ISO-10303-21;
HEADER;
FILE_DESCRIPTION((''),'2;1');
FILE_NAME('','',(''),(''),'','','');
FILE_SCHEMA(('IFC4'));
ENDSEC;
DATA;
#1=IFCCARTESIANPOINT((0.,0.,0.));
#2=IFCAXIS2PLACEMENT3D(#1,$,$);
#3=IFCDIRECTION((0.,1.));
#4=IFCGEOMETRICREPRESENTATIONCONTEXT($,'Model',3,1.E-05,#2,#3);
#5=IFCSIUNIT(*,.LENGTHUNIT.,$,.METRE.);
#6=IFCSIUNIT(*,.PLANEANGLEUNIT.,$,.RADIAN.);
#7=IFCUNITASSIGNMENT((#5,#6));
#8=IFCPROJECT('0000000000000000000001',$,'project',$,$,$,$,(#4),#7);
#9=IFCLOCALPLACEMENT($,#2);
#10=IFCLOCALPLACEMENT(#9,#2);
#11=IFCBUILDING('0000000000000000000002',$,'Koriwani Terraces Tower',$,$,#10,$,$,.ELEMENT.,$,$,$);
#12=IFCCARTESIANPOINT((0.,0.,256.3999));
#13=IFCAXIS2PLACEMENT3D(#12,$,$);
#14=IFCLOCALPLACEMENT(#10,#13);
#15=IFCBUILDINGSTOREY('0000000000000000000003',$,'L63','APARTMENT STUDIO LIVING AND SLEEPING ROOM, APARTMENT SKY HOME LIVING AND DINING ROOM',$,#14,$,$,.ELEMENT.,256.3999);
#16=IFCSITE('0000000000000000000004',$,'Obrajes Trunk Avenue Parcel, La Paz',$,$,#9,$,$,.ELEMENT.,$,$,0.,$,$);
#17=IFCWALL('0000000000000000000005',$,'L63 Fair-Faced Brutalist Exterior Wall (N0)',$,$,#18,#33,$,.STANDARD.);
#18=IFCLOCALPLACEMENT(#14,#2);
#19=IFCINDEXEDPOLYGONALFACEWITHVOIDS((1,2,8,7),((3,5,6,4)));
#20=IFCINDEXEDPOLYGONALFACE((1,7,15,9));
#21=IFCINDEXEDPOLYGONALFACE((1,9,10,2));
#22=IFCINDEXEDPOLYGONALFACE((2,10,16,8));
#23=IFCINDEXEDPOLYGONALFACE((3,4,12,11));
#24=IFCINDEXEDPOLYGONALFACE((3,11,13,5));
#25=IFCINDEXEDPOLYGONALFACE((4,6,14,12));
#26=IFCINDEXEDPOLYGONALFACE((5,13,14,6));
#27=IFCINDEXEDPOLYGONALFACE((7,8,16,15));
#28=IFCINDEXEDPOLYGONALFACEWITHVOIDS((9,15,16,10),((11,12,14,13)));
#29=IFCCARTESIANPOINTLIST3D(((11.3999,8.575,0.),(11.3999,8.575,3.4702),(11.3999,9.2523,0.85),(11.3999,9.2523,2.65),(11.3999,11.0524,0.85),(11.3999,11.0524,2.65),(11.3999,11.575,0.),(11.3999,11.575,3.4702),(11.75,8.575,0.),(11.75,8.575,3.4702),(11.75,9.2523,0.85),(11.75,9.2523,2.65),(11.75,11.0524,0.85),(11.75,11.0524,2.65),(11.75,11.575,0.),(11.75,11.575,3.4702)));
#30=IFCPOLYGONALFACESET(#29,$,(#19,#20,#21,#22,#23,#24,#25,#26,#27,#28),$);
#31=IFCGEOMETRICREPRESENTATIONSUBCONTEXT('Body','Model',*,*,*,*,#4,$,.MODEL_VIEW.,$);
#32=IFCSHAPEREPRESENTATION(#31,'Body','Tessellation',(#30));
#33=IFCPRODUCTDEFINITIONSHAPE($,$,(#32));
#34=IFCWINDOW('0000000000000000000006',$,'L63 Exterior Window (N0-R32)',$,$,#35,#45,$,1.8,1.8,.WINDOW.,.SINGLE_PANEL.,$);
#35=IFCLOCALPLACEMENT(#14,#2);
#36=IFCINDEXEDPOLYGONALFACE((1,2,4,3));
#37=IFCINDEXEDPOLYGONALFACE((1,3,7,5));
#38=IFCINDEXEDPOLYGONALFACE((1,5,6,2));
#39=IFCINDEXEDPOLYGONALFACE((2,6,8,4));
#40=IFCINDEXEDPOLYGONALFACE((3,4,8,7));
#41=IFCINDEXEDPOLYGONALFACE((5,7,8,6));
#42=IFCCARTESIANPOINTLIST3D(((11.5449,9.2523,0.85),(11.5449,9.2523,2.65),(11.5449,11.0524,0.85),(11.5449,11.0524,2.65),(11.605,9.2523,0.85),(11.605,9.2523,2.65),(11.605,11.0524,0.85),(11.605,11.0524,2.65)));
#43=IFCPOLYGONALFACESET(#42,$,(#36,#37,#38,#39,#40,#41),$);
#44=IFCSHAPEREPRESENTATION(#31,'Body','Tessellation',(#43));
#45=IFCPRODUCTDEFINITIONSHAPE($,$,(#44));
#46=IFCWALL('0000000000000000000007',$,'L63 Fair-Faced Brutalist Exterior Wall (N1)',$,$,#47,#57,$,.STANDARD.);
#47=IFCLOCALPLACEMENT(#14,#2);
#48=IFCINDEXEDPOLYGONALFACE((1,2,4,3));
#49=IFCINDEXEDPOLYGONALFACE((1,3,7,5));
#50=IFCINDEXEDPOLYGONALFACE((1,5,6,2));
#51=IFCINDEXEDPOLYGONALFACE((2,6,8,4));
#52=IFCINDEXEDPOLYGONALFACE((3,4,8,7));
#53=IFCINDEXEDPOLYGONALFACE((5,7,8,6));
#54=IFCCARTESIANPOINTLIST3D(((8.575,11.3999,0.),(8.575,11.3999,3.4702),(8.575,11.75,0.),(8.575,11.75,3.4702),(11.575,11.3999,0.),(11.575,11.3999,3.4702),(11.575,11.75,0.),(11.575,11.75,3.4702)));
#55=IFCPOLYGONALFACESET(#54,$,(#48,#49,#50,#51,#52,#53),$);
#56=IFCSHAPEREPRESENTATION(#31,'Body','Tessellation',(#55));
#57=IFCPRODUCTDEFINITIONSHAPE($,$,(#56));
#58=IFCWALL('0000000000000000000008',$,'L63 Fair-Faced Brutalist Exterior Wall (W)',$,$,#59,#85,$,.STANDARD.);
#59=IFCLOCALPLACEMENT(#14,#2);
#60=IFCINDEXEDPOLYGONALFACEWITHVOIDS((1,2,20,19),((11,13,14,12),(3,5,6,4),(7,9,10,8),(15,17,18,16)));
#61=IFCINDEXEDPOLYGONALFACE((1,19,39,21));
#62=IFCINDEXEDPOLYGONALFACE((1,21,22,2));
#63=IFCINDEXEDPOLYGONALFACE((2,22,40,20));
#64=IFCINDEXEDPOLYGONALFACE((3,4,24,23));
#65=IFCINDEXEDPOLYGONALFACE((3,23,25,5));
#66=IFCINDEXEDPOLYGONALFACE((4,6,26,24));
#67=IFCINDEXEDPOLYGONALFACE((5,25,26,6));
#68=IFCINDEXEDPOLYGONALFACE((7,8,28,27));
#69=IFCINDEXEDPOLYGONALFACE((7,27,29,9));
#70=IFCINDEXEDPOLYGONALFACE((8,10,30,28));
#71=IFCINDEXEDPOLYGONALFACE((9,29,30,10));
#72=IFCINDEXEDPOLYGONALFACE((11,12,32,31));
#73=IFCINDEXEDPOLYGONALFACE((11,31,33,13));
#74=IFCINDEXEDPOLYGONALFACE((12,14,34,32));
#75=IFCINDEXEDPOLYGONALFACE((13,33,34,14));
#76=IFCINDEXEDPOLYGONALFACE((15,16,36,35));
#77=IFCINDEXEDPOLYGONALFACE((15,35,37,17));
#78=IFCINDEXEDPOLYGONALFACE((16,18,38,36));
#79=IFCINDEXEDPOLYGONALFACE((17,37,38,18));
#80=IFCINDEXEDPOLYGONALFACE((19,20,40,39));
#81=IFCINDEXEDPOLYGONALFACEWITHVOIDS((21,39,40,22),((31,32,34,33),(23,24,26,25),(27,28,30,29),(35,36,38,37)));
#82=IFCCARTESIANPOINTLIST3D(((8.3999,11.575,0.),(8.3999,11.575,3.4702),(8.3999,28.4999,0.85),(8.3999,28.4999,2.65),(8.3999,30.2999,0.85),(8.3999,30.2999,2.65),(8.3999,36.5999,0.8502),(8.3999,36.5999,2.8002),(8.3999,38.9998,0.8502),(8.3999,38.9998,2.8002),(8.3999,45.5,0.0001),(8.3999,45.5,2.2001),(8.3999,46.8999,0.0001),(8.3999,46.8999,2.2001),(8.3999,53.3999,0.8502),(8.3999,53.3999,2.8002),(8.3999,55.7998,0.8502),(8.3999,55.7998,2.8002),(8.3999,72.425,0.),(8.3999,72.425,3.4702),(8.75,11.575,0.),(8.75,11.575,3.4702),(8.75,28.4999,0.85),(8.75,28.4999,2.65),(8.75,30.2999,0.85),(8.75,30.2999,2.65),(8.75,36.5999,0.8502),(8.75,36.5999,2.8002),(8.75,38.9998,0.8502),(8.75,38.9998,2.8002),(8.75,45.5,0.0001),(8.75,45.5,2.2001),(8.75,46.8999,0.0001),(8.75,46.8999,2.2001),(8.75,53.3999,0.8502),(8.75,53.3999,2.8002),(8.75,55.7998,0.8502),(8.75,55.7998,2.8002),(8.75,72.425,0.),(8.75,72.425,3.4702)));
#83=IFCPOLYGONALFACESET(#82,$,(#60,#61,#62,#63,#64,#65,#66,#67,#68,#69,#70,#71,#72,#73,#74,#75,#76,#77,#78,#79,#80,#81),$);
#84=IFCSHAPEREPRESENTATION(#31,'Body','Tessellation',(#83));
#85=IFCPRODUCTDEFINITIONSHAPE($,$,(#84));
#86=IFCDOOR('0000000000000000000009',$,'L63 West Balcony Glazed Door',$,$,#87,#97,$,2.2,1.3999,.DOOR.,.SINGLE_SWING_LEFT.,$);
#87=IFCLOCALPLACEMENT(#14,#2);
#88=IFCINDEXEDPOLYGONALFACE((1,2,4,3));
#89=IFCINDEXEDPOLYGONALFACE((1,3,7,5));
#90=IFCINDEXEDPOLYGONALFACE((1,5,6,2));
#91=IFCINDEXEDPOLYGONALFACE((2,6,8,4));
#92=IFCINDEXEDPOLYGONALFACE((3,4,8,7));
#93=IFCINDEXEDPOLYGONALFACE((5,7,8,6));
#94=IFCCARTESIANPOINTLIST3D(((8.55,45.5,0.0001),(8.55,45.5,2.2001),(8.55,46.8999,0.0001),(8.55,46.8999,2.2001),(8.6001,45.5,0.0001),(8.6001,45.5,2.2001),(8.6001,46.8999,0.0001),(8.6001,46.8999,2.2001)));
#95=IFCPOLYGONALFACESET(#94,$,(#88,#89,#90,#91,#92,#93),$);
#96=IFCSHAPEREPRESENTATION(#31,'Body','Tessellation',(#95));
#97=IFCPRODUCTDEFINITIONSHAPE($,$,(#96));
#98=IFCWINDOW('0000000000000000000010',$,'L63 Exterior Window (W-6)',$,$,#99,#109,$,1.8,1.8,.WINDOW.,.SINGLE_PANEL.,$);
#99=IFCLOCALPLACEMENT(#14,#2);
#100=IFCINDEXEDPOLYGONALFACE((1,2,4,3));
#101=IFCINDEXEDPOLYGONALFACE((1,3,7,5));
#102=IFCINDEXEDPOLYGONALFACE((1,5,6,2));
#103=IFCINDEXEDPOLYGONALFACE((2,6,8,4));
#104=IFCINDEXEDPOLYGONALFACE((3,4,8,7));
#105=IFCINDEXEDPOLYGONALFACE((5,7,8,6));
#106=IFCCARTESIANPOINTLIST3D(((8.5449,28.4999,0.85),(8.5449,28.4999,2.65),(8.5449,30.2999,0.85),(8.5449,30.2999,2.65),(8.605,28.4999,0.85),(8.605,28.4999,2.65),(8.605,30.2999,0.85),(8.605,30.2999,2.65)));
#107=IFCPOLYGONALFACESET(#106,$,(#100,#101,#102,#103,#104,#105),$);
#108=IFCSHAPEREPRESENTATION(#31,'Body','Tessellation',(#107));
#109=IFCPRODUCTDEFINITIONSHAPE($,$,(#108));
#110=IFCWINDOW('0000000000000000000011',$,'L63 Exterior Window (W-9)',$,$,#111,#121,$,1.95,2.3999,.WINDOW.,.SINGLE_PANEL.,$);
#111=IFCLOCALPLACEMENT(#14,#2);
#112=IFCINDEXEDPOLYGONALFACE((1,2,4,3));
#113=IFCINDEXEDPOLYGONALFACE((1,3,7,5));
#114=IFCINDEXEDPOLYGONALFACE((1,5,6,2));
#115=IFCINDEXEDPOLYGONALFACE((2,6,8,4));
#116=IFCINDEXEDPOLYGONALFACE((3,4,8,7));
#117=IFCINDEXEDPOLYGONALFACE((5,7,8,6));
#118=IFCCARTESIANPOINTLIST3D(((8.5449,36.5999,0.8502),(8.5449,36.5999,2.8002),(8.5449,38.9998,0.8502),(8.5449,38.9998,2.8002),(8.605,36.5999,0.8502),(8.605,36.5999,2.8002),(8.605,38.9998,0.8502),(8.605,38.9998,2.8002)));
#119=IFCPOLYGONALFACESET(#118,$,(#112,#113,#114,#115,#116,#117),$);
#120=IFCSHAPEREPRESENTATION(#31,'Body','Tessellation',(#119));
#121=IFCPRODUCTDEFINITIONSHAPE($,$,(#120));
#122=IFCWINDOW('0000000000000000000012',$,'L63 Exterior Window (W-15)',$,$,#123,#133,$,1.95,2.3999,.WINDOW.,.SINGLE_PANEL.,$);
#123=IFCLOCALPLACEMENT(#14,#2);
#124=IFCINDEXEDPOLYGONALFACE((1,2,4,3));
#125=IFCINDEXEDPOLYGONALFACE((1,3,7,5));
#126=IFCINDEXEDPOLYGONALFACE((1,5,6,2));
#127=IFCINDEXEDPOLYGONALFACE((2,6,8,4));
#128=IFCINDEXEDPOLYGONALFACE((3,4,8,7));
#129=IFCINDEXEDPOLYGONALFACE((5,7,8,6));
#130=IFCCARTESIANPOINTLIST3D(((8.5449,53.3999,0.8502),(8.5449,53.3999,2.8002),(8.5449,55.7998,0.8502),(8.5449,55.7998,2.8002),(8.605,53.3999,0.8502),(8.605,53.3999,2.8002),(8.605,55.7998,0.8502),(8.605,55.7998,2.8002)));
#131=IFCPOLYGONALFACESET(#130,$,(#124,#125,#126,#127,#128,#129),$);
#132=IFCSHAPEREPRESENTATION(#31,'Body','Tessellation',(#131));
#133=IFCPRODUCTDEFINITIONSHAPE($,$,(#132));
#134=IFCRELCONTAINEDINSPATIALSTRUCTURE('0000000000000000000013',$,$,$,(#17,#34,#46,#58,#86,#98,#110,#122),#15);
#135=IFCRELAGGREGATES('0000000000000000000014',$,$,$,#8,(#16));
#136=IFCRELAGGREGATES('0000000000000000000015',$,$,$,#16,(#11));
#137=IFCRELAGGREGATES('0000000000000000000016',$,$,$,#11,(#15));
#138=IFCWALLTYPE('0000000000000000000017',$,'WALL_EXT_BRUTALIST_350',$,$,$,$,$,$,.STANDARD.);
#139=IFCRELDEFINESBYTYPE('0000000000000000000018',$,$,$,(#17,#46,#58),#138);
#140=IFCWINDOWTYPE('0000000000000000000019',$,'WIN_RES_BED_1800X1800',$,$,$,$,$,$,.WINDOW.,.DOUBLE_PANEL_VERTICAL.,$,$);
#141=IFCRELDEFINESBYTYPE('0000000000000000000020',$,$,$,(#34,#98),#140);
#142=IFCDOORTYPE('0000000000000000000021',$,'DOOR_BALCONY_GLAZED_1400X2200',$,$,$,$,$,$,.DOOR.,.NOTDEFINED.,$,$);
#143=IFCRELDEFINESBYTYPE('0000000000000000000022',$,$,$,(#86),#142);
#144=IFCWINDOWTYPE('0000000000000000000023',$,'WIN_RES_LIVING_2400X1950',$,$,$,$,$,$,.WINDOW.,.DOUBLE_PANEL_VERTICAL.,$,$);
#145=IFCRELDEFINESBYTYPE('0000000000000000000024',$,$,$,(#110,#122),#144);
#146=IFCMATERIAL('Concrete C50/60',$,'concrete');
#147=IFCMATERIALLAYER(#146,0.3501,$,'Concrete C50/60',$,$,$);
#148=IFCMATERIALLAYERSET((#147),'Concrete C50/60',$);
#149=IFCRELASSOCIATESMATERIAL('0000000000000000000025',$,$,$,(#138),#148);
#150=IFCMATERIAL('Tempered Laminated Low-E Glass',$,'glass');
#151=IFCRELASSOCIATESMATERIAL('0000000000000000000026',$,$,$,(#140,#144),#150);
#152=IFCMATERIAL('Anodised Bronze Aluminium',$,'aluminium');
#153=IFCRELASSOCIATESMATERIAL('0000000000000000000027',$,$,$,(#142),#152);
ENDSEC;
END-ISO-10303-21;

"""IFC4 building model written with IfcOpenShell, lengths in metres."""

from ifc_helpers import new_model, si_unit, direction, frame, frame_2d, origin, place, context, subcontext, project, spatial, rectangle, extrude, material, layer, layer_set, type_object, element, fill, save


model = new_model("IFC4")

# Units and contexts
model_context = context("Model", 3, precision=1e-05, world=origin(), true_north=direction((0.0, 1.0)))
body_context = subcontext(model_context, "Body", "Model", "MODEL_VIEW")
ifc_project = project(units=[si_unit("LENGTHUNIT", "METRE"), si_unit("PLANEANGLEUNIT", "RADIAN")], contexts=[model_context])

# Site, building, storey
site_placement = place(None, origin())
site = spatial("IfcSite", under=ifc_project, at=site_placement, Name="Obrajes Trunk Avenue Parcel, La Paz", CompositionType="ELEMENT", RefElevation=0.0)
building_placement = place(site_placement, origin())
building = spatial("IfcBuilding", under=site, at=building_placement, Name="Koriwani Terraces Tower", CompositionType="ELEMENT")
storey_placement = place(building_placement, frame((0.0, 0.0, 256.3999)))
storey = spatial("IfcBuildingStorey", under=building, at=storey_placement, Name="L63", Description="APARTMENT STUDIO LIVING AND SLEEPING ROOM, APARTMENT SKY HOME LIVING AND DINING ROOM", CompositionType="ELEMENT", Elevation=256.3999)

# Shared definitions
ifc_material_1 = material(Name="Concrete C50/60", Category="concrete")

# Wall, opening, window
ifc_layer_1 = layer(ifc_material_1, 0.3501, Name="Concrete C50/60")
ifc_layer_set_1 = layer_set([ifc_layer_1], Name="Concrete C50/60")
wall_type_1 = type_object("IfcWallType", Name="WALL_EXT_BRUTALIST_350", PredefinedType="STANDARD", material=ifc_layer_set_1)
wall_1_placement = place(storey_placement, frame((11.575, 8.575, 0.0), z_axis=(0.0, 0.0, 1.0), x_axis=(0.0, 1.0, 0.0)))
wall_1 = element("IfcWall", 1, at=wall_1_placement, inside=storey, type_object=wall_type_1, Name="L63 Fair-Faced Brutalist Exterior Wall (N0)", PredefinedType="STANDARD", context=body_context, shape_type="SweptSolid", body=[
    extrude(rectangle(XDim=3.0, YDim=0.3501, at=frame_2d((1.5, 0.0))), origin(), (0.0, 0.0, 1.0), 3.4702),
])
opening_1_placement = place(wall_1_placement, frame((0.6775, 0.0, 0.8501)))
opening_1 = element("IfcOpeningElement", 2, at=opening_1_placement, cuts=wall_1, PredefinedType="OPENING", context=body_context, shape_type="SweptSolid", body=[
    extrude(rectangle(XDim=1.8, YDim=1.8, at=frame_2d((0.8999, 0.8999))), frame((0.0, 0.1851, 0.0), z_axis=(0.0, -1.0, 0.0), x_axis=(1.0, 0.0, 0.0)), (0.0, 0.0, 1.0), 0.3701),
])
ifc_material_2 = material(Name="Tempered Laminated Low-E Glass", Category="glass")
window_type_1 = type_object("IfcWindowType", Name="WIN_RES_BED_1800X1800", PartitioningType="DOUBLE_PANEL_VERTICAL", PredefinedType="WINDOW", material=ifc_material_2)
window_1_placement = place(opening_1_placement, origin())
window_1 = element("IfcWindow", 3, at=window_1_placement, inside=storey, type_object=window_type_1, Name="L63 Exterior Window (N0-R32)", OverallHeight=1.8, OverallWidth=1.8, PartitioningType="SINGLE_PANEL", PredefinedType="WINDOW", context=body_context, shape_type="SweptSolid", body=[
    extrude(rectangle(XDim=1.8, YDim=1.8, at=frame_2d((0.8999, 0.8999))), frame((0.0, 0.03, 0.0), z_axis=(0.0, -1.0, 0.0), x_axis=(1.0, 0.0, 0.0)), (0.0, 0.0, 1.0), 0.0601),
])
fill(opening_1, window_1)

# Wall
wall_2_placement = place(storey_placement, frame((11.575, 11.575, 0.0), z_axis=(0.0, 0.0, 1.0), x_axis=(-1.0, 0.0, 0.0)))
element("IfcWall", 4, at=wall_2_placement, inside=storey, type_object=wall_type_1, Name="L63 Fair-Faced Brutalist Exterior Wall (N1)", PredefinedType="STANDARD", context=body_context, shape_type="SweptSolid", body=[
    extrude(rectangle(XDim=3.0, YDim=0.3501, at=frame_2d((1.5, 0.0))), origin(), (0.0, 0.0, 1.0), 3.4702),
])

# Wall, openings, door, windows
wall_3_placement = place(storey_placement, frame((8.575, 11.575, 0.0), z_axis=(0.0, 0.0, 1.0), x_axis=(0.0, 1.0, 0.0)))
wall_3 = element("IfcWall", 5, at=wall_3_placement, inside=storey, type_object=wall_type_1, Name="L63 Fair-Faced Brutalist Exterior Wall (W)", PredefinedType="STANDARD", context=body_context, shape_type="SweptSolid", body=[
    extrude(rectangle(XDim=60.8501, YDim=0.3501, at=frame_2d((30.425, 0.0))), origin(), (0.0, 0.0, 1.0), 3.4702),
])
opening_2_placement = place(wall_3_placement, frame((33.925, 0.0, 0.0)))
opening_2 = element("IfcOpeningElement", 6, at=opening_2_placement, cuts=wall_3, PredefinedType="OPENING", context=body_context, shape_type="SweptSolid", body=[
    extrude(rectangle(XDim=1.3999, YDim=2.2, at=frame_2d((0.7, 1.1001))), frame((0.0, 0.1851, 0.0), z_axis=(0.0, -1.0, 0.0), x_axis=(1.0, 0.0, 0.0)), (0.0, 0.0, 1.0), 0.3701),
])
opening_3_placement = place(wall_3_placement, frame((16.925, 0.0, 0.8501)))
opening_3 = element("IfcOpeningElement", 7, at=opening_3_placement, cuts=wall_3, PredefinedType="OPENING", context=body_context, shape_type="SweptSolid", body=[
    extrude(rectangle(XDim=1.8, YDim=1.8, at=frame_2d((0.8999, 0.8999))), frame((0.0, 0.1851, 0.0), z_axis=(0.0, -1.0, 0.0), x_axis=(1.0, 0.0, 0.0)), (0.0, 0.0, 1.0), 0.3701),
])
opening_4_placement = place(wall_3_placement, frame((25.0249, 0.0, 0.8501)))
opening_4 = element("IfcOpeningElement", 8, at=opening_4_placement, cuts=wall_3, PredefinedType="OPENING", context=body_context, shape_type="SweptSolid", body=[
    extrude(rectangle(XDim=2.3999, YDim=1.95, at=frame_2d((1.2, 0.9751))), frame((0.0, 0.1851, 0.0), z_axis=(0.0, -1.0, 0.0), x_axis=(1.0, 0.0, 0.0)), (0.0, 0.0, 1.0), 0.3701),
])
opening_5_placement = place(wall_3_placement, frame((41.825, 0.0, 0.8501)))
opening_5 = element("IfcOpeningElement", 9, at=opening_5_placement, cuts=wall_3, PredefinedType="OPENING", context=body_context, shape_type="SweptSolid", body=[
    extrude(rectangle(XDim=2.3999, YDim=1.95, at=frame_2d((1.2, 0.9751))), frame((0.0, 0.1851, 0.0), z_axis=(0.0, -1.0, 0.0), x_axis=(1.0, 0.0, 0.0)), (0.0, 0.0, 1.0), 0.3701),
])
ifc_material_3 = material(Name="Anodised Bronze Aluminium", Category="aluminium")
door_type_1 = type_object("IfcDoorType", Name="DOOR_BALCONY_GLAZED_1400X2200", OperationType="NOTDEFINED", PredefinedType="DOOR", material=ifc_material_3)
door_1_placement = place(opening_2_placement, origin())
door_1 = element("IfcDoor", 10, at=door_1_placement, inside=storey, type_object=door_type_1, Name="L63 West Balcony Glazed Door", OperationType="SINGLE_SWING_LEFT", OverallHeight=2.2, OverallWidth=1.3999, PredefinedType="DOOR", context=body_context, shape_type="SweptSolid", body=[
    extrude(rectangle(XDim=1.3999, YDim=2.2, at=frame_2d((0.7, 1.1001))), frame((0.0, 0.0249, 0.0), z_axis=(0.0, -1.0, 0.0), x_axis=(1.0, 0.0, 0.0)), (0.0, 0.0, 1.0), 0.05),
])
fill(opening_2, door_1)
window_2_placement = place(opening_3_placement, origin())
window_2 = element("IfcWindow", 11, at=window_2_placement, inside=storey, type_object=window_type_1, Name="L63 Exterior Window (W-6)", OverallHeight=1.8, OverallWidth=1.8, PartitioningType="SINGLE_PANEL", PredefinedType="WINDOW", context=body_context, shape_type="SweptSolid", body=[
    extrude(rectangle(XDim=1.8, YDim=1.8, at=frame_2d((0.8999, 0.8999))), frame((0.0, 0.03, 0.0), z_axis=(0.0, -1.0, 0.0), x_axis=(1.0, 0.0, 0.0)), (0.0, 0.0, 1.0), 0.0601),
])
fill(opening_3, window_2)
window_type_2 = type_object("IfcWindowType", Name="WIN_RES_LIVING_2400X1950", PartitioningType="DOUBLE_PANEL_VERTICAL", PredefinedType="WINDOW", material=ifc_material_2)
window_3_placement = place(opening_4_placement, origin())
window_3 = element("IfcWindow", 12, at=window_3_placement, inside=storey, type_object=window_type_2, Name="L63 Exterior Window (W-9)", OverallHeight=1.95, OverallWidth=2.3999, PartitioningType="SINGLE_PANEL", PredefinedType="WINDOW", context=body_context, shape_type="SweptSolid", body=[
    extrude(rectangle(XDim=2.3999, YDim=1.95, at=frame_2d((1.2, 0.9751))), frame((0.0, 0.03, 0.0), z_axis=(0.0, -1.0, 0.0), x_axis=(1.0, 0.0, 0.0)), (0.0, 0.0, 1.0), 0.0601),
])
fill(opening_4, window_3)
window_4_placement = place(opening_5_placement, origin())
window_4 = element("IfcWindow", 13, at=window_4_placement, inside=storey, type_object=window_type_2, Name="L63 Exterior Window (W-15)", OverallHeight=1.95, OverallWidth=2.3999, PartitioningType="SINGLE_PANEL", PredefinedType="WINDOW", context=body_context, shape_type="SweptSolid", body=[
    extrude(rectangle(XDim=2.3999, YDim=1.95, at=frame_2d((1.2, 0.9751))), frame((0.0, 0.03, 0.0), z_axis=(0.0, -1.0, 0.0), x_axis=(1.0, 0.0, 0.0)), (0.0, 0.0, 1.0), 0.0601),
])
fill(opening_5, window_4)

save(model, "model.ifc")
